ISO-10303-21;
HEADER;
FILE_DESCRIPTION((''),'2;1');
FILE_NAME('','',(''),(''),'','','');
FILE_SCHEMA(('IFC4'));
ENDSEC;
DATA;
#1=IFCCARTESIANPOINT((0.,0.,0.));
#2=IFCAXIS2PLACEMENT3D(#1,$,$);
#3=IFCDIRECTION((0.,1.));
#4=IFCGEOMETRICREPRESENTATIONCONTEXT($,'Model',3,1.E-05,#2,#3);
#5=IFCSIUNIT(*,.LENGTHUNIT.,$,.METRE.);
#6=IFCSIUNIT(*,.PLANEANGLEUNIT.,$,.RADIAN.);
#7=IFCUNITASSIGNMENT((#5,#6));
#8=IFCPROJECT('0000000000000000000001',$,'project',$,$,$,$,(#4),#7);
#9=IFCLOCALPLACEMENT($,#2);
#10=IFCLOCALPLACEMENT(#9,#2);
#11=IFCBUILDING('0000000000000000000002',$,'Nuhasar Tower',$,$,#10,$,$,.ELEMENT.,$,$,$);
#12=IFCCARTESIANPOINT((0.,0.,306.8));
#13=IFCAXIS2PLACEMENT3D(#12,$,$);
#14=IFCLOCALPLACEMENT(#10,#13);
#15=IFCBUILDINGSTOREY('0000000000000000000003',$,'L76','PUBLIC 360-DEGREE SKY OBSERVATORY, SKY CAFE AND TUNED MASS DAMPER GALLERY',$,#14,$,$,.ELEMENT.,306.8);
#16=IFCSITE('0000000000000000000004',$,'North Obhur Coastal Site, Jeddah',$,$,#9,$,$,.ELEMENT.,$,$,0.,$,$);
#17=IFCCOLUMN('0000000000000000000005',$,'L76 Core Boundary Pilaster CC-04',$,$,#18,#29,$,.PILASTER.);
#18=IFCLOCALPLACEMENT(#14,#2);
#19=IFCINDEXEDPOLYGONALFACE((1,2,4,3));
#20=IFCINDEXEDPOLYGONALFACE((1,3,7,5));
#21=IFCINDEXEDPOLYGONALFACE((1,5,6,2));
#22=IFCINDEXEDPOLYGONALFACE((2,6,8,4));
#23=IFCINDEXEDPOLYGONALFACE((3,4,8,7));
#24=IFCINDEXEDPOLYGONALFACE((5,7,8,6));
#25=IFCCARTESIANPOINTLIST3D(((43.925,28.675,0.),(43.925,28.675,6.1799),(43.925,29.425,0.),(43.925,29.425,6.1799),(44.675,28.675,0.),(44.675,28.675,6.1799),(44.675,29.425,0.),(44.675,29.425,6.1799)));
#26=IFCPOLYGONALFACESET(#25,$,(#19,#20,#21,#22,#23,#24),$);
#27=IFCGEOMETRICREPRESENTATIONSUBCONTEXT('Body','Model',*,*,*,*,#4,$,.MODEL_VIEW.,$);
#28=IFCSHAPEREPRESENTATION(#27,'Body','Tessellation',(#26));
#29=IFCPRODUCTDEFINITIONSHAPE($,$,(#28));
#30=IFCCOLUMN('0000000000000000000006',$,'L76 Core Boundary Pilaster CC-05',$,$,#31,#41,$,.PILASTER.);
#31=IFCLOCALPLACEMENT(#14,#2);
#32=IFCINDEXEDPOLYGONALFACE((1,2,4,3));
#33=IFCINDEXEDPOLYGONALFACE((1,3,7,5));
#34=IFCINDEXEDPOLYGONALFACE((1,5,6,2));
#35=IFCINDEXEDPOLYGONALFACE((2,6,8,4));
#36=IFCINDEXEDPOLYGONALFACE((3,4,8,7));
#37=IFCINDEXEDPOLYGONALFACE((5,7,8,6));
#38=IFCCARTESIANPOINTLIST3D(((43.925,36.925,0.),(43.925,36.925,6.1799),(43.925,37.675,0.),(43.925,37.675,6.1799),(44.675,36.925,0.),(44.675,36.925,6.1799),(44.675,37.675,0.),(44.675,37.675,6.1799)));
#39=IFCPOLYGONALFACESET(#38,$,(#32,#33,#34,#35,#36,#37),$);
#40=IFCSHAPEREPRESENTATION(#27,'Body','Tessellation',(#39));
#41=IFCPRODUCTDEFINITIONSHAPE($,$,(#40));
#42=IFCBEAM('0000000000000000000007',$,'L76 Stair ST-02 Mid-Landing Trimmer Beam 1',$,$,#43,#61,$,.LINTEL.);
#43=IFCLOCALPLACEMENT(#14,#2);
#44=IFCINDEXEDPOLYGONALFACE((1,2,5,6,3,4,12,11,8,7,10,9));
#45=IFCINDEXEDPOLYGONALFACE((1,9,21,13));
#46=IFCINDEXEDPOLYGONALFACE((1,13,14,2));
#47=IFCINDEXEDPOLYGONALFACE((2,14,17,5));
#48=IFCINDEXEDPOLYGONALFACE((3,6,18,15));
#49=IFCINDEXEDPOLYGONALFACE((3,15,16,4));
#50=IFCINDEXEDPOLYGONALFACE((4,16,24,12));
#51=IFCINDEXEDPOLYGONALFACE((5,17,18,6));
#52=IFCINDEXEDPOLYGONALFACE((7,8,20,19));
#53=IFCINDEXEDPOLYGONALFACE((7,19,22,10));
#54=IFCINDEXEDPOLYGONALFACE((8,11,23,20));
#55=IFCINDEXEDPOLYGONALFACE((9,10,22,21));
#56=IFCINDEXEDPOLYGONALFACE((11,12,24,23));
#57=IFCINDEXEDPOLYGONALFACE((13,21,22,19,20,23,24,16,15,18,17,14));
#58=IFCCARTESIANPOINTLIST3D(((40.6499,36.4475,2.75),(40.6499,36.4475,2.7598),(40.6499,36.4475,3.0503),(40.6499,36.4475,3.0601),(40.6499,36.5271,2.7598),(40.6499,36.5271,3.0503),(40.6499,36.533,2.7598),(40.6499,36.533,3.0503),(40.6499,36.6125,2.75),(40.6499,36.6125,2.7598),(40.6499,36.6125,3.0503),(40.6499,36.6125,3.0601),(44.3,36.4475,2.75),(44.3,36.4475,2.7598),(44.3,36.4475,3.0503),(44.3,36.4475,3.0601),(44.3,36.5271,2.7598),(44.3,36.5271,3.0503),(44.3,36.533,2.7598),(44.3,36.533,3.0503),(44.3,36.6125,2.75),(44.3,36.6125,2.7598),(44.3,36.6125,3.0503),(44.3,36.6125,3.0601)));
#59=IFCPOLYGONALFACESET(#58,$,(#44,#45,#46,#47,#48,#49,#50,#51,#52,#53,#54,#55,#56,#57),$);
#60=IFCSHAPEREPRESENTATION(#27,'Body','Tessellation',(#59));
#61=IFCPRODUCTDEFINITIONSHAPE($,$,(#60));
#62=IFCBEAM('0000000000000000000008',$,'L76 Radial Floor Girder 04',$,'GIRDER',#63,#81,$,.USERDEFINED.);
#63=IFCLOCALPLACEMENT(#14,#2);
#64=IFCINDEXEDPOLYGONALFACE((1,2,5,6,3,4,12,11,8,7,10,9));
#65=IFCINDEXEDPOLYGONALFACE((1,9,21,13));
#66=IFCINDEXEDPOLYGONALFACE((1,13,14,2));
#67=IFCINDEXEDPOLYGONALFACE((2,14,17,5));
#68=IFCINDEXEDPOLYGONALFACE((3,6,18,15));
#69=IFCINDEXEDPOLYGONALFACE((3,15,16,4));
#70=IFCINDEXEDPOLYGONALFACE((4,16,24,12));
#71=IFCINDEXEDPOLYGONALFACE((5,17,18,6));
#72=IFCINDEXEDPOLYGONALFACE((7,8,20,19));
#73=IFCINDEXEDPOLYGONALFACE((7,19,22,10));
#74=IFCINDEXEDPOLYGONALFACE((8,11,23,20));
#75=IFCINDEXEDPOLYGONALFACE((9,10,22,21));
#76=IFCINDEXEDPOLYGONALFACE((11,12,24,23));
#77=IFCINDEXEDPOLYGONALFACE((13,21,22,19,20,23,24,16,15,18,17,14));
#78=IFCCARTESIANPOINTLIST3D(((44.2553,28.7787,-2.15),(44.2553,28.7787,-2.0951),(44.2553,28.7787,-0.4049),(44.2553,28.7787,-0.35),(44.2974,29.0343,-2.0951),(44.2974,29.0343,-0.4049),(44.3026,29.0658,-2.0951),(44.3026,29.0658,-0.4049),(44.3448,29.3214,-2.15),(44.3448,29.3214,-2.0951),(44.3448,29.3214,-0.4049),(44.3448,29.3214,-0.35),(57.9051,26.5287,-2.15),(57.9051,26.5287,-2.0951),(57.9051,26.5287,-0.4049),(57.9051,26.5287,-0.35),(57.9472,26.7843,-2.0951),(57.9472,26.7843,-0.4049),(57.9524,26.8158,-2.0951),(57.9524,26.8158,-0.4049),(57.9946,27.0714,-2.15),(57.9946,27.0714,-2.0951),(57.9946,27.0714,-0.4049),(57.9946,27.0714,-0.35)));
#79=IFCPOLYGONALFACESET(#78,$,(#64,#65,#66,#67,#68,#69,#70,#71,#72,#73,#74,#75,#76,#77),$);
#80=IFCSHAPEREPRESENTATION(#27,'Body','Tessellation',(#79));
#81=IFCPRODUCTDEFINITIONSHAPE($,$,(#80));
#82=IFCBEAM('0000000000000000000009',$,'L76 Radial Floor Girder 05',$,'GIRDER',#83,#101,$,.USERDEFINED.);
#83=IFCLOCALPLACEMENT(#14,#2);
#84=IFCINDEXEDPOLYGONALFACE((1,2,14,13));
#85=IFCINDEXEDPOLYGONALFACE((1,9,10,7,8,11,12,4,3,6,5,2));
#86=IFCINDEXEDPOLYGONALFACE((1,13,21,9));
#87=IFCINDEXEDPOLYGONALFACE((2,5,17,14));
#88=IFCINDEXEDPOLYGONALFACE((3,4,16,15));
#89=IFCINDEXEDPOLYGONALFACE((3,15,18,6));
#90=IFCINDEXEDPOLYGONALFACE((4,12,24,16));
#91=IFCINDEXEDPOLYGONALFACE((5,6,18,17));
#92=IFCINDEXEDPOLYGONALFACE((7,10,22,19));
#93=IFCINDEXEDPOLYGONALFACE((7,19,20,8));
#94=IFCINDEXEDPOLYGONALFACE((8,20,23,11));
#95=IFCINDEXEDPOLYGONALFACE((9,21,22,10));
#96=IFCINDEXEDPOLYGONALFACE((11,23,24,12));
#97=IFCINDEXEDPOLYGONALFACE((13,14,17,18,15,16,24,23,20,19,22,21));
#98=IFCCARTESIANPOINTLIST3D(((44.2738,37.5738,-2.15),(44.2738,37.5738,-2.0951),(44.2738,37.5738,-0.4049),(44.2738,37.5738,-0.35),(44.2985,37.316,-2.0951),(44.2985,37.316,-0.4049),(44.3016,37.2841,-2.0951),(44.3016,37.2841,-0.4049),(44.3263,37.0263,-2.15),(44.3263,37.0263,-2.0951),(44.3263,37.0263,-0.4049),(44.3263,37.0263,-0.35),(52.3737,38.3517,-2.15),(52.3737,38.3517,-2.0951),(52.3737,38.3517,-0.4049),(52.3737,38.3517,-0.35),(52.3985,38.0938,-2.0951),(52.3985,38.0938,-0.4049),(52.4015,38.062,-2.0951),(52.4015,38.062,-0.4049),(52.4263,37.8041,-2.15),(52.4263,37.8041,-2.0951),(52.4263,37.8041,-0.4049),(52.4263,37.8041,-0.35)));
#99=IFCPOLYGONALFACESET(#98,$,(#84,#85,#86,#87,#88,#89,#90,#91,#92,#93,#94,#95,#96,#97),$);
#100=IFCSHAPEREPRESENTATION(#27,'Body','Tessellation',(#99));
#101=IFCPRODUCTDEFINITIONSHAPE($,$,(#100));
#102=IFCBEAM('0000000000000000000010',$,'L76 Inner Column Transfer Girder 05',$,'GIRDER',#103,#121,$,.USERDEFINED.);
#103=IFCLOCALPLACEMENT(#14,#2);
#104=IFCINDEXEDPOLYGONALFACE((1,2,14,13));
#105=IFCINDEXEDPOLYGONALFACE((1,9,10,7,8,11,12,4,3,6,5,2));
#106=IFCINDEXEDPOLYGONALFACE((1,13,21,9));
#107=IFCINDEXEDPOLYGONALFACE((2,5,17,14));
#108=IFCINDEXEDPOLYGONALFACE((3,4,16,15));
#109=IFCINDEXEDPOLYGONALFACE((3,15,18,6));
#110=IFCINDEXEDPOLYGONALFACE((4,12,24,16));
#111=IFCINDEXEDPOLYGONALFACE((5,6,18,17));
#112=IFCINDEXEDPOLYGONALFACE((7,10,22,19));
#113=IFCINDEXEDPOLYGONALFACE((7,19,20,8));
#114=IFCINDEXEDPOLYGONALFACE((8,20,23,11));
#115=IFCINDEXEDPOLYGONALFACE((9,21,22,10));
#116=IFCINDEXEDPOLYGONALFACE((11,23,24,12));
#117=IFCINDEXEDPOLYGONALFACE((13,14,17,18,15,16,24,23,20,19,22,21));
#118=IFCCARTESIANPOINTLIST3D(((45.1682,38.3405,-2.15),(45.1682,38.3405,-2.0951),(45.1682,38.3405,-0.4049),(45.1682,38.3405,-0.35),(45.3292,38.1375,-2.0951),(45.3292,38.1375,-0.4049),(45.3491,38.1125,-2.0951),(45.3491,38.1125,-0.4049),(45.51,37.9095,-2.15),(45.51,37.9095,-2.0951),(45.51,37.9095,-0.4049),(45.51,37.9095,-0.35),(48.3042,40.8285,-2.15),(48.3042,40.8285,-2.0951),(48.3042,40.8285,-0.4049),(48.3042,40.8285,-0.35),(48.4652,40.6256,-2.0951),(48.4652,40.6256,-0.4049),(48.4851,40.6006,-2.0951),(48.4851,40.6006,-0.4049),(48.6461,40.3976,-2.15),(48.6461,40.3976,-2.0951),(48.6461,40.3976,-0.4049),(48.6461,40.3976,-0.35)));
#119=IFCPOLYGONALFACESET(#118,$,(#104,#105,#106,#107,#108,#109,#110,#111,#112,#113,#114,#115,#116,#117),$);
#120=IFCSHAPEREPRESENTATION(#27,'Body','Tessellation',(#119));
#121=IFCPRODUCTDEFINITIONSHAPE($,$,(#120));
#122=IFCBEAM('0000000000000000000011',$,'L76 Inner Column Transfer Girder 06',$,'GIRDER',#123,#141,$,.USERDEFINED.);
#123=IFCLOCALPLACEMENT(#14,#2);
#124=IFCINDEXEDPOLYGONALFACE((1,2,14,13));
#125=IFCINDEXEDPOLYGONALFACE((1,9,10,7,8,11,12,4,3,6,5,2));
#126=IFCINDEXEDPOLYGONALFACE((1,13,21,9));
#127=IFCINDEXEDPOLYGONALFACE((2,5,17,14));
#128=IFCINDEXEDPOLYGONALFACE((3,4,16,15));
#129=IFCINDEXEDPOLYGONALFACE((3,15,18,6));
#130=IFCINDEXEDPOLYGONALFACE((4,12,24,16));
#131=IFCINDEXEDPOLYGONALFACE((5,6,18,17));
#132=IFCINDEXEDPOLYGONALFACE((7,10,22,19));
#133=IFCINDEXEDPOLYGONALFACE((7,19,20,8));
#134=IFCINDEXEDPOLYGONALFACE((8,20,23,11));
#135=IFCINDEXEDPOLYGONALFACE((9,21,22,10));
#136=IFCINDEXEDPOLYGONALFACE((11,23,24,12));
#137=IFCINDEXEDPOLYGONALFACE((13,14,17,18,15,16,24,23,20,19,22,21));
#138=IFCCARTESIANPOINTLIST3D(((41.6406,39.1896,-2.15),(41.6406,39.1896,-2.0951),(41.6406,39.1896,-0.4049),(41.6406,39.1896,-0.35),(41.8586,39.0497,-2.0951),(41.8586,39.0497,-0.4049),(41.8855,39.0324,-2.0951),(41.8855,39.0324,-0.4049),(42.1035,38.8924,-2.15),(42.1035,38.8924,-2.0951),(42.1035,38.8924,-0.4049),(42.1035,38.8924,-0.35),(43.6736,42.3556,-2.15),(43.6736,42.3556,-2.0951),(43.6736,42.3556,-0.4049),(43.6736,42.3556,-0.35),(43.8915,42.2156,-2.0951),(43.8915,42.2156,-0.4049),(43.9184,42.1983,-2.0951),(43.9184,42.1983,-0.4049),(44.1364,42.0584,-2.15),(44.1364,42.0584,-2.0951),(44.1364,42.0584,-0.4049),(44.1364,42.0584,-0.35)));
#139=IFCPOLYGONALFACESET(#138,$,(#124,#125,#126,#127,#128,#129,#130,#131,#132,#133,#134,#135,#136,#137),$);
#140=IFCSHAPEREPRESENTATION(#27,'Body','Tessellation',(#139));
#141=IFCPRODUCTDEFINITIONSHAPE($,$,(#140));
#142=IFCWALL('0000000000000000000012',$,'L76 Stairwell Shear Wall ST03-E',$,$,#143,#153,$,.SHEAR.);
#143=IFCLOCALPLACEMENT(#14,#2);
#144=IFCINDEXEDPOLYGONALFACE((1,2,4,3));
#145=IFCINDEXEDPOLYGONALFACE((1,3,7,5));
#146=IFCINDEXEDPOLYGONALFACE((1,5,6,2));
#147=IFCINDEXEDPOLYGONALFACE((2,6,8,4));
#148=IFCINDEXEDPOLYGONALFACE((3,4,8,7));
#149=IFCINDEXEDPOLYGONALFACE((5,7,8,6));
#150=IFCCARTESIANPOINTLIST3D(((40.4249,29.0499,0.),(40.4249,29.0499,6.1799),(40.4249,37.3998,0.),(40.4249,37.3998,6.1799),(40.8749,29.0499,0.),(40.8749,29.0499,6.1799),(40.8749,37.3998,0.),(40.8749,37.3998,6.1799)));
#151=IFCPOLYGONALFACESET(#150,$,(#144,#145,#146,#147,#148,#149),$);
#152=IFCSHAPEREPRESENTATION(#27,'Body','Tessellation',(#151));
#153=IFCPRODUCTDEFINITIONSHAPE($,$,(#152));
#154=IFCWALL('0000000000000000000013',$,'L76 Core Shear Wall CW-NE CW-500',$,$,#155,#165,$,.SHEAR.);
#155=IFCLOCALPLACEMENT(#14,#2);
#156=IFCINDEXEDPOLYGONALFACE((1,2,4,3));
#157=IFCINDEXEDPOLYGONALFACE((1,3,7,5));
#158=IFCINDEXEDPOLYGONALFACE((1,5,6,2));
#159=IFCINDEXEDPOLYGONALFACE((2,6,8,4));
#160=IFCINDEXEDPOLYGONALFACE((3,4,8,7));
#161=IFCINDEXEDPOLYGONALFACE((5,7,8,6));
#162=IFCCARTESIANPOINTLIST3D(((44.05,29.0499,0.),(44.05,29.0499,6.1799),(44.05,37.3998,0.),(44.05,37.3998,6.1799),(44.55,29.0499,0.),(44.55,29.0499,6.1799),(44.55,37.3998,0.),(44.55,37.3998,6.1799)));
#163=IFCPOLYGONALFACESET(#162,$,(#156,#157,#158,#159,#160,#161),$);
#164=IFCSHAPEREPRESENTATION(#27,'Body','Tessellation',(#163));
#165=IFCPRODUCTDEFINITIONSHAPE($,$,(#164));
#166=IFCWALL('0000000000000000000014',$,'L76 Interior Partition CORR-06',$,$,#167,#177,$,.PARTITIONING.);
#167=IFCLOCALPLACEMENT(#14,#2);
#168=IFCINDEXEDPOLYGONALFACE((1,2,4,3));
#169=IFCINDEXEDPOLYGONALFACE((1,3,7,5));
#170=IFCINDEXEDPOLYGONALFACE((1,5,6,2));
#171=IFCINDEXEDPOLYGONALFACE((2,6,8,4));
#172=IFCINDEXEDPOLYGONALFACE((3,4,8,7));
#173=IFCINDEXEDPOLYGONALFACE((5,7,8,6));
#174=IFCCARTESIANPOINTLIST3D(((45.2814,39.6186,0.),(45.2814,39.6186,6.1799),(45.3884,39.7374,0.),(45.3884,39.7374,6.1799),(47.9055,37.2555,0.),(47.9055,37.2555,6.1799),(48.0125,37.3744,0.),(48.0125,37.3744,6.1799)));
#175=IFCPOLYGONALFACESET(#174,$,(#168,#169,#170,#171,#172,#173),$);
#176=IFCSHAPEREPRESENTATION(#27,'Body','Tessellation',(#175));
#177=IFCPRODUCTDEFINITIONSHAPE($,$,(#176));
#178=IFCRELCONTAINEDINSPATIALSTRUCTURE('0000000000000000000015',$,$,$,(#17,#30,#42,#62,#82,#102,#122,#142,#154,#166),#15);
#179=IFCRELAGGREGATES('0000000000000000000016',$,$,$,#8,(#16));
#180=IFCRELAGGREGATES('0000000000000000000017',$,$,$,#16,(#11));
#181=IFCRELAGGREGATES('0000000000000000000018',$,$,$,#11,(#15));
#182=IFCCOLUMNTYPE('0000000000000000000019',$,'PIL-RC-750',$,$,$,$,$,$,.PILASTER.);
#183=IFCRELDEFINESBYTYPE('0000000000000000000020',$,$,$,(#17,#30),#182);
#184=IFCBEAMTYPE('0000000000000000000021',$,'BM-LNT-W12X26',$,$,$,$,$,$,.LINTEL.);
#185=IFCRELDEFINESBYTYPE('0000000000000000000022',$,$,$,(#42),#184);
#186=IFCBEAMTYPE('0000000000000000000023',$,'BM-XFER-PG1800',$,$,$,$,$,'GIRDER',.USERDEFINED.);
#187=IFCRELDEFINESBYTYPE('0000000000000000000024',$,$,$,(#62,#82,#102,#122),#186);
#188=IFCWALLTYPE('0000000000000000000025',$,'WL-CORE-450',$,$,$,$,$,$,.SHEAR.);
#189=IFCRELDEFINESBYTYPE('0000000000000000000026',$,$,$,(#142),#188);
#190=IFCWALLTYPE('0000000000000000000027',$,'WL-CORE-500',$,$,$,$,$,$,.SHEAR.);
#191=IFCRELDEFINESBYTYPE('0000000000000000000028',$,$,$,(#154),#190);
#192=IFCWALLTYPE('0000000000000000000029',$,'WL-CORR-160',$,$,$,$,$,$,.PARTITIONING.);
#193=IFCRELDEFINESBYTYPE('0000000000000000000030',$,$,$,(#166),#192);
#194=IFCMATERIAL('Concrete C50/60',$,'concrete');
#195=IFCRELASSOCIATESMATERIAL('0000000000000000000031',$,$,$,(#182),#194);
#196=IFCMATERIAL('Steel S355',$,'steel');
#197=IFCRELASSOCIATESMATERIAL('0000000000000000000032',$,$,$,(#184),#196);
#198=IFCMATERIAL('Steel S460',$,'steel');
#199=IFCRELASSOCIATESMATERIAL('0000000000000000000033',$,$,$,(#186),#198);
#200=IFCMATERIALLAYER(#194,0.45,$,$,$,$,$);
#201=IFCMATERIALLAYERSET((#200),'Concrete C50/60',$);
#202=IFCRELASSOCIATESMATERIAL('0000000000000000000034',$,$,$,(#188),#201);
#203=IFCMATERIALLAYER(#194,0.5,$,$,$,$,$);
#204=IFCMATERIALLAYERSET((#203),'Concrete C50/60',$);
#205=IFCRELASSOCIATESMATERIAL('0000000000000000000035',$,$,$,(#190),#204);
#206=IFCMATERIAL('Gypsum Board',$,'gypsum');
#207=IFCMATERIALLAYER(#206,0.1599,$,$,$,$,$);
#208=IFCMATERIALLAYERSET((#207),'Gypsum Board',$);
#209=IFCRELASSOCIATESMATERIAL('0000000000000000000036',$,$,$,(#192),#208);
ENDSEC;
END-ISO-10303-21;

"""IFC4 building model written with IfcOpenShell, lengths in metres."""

from ifc_helpers import new_model, si_unit, direction, frame, frame_2d, origin, origin_2d, place, context, subcontext, project, spatial, rectangle, i_section, extrude, material, layer, layer_set, material_profile, profile_set, type_object, element, save


model = new_model("IFC4")

# Units and contexts
model_context = context("Model", 3, precision=1e-05, world=origin(), true_north=direction((0.0, 1.0)))
body_context = subcontext(model_context, "Body", "Model", "MODEL_VIEW")
ifc_project = project(units=[si_unit("LENGTHUNIT", "METRE"), si_unit("PLANEANGLEUNIT", "RADIAN")], contexts=[model_context])

# Site, building, storey
site_placement = place(None, origin())
site = spatial("IfcSite", under=ifc_project, at=site_placement, Name="North Obhur Coastal Site, Jeddah", CompositionType="ELEMENT", RefElevation=0.0)
building_placement = place(site_placement, origin())
building = spatial("IfcBuilding", under=site, at=building_placement, Name="Nuhasar Tower", CompositionType="ELEMENT")
storey_placement = place(building_placement, frame((0.0, 0.0, 306.8)))
storey = spatial("IfcBuildingStorey", under=building, at=storey_placement, Name="L76", Description="PUBLIC 360-DEGREE SKY OBSERVATORY, SKY CAFE AND TUNED MASS DAMPER GALLERY", CompositionType="ELEMENT", Elevation=306.8)

# Columns
ifc_material_1 = material(Name="Concrete C50/60", Category="concrete")
ifc_material_profile_1 = material_profile(ifc_material_1, rectangle(XDim=0.75, YDim=0.75, at=origin_2d()), Name="RC750X750")
ifc_profile_set_1 = profile_set([ifc_material_profile_1], Name="Concrete C50/60")
column_type = type_object("IfcColumnType", Name="PIL-RC-750", PredefinedType="PILASTER", material=ifc_profile_set_1)
for number, where, z_axis, x_axis, name in (
    (1, (44.3, 29.05, 0.0), (0.0, 0.0, 1.0), (1.0, 0.0, 0.0), "L76 Core Boundary Pilaster CC-04"),
    (2, (44.3, 37.3, 0.0), (0.0, 0.0, 1.0), (1.0, 0.0, 0.0), "L76 Core Boundary Pilaster CC-05"),
):
    element("IfcColumn", number, at=place(storey_placement, frame(where, z_axis=z_axis, x_axis=x_axis)), inside=storey, type_object=column_type, Name=name, PredefinedType="PILASTER", context=body_context, shape_type="SweptSolid", body=[
        extrude(rectangle(XDim=0.75, YDim=0.75, at=origin_2d()), origin(), (0.0, 0.0, 1.0), 6.1799),
    ])

# Beams
ifc_material_2 = material(Name="Steel S355", Category="steel")
ifc_material_profile_2 = material_profile(ifc_material_2, i_section(OverallWidth=0.165, OverallDepth=0.3101, WebThickness=0.0059, FlangeThickness=0.0098, at=origin_2d()), Name="W12X26")
ifc_profile_set_2 = profile_set([ifc_material_profile_2], Name="Steel S355")
beam_type_1 = type_object("IfcBeamType", Name="BM-LNT-W12X26", PredefinedType="LINTEL", material=ifc_profile_set_2)
beam_1_placement = place(storey_placement, frame((40.6499, 36.53, 2.905), z_axis=(1.0, 0.0, 0.0), x_axis=(0.0, 1.0, 0.0)))
element("IfcBeam", 3, at=beam_1_placement, inside=storey, type_object=beam_type_1, Name="L76 Stair ST-02 Mid-Landing Trimmer Beam 1", PredefinedType="LINTEL", context=body_context, shape_type="SweptSolid", body=[
    extrude(i_section(OverallWidth=0.165, OverallDepth=0.3101, WebThickness=0.0059, FlangeThickness=0.0098, at=origin_2d()), origin(), (0.0, 0.0, 1.0), 3.6501),
])
ifc_material_3 = material(Name="Steel S460", Category="steel")
ifc_material_profile_3 = material_profile(ifc_material_3, i_section(OverallWidth=0.55, OverallDepth=1.8, WebThickness=0.032, FlangeThickness=0.0549, at=origin_2d()), Name="PG1800X550")
ifc_profile_set_3 = profile_set([ifc_material_profile_3], Name="Steel S460")
beam_type_2 = type_object("IfcBeamType", Name="BM-XFER-PG1800", ElementType="GIRDER", PredefinedType="USERDEFINED", material=ifc_profile_set_3)
beam_2_placement = place(storey_placement, frame((44.3, 29.05, -1.25), z_axis=(0.986685, -0.162642, 0.0), x_axis=(0.162642, 0.986685, 0.0)))
element("IfcBeam", 4, at=beam_2_placement, inside=storey, type_object=beam_type_2, Name="L76 Radial Floor Girder 04", ObjectType="GIRDER", PredefinedType="USERDEFINED", context=body_context, shape_type="SweptSolid", body=[
    extrude(i_section(OverallWidth=0.55, OverallDepth=1.8, WebThickness=0.032, FlangeThickness=0.0549, at=origin_2d()), origin(), (0.0, 0.0, 1.0), 13.834),
])
beam_3_placement = place(storey_placement, frame((44.3, 37.3, -1.25), z_axis=(0.995421, 0.095591, 0.0), x_axis=(-0.095591, 0.995421, 0.0)))
element("IfcBeam", 5, at=beam_3_placement, inside=storey, type_object=beam_type_2, Name="L76 Radial Floor Girder 05", ObjectType="GIRDER", PredefinedType="USERDEFINED", context=body_context, shape_type="SweptSolid", body=[
    extrude(i_section(OverallWidth=0.55, OverallDepth=1.8, WebThickness=0.032, FlangeThickness=0.0549, at=origin_2d()), origin(), (0.0, 0.0, 1.0), 8.1372),
])
beam_4_placement = place(storey_placement, frame((45.3391, 38.125, -1.25), z_axis=(0.783391, 0.621529, 0.0), x_axis=(-0.621529, 0.783391, 0.0)))
element("IfcBeam", 6, at=beam_4_placement, inside=storey, type_object=beam_type_2, Name="L76 Inner Column Transfer Girder 05", ObjectType="GIRDER", PredefinedType="USERDEFINED", context=body_context, shape_type="SweptSolid", body=[
    extrude(i_section(OverallWidth=0.55, OverallDepth=1.8, WebThickness=0.032, FlangeThickness=0.0549, at=origin_2d()), origin(), (0.0, 0.0, 1.0), 4.0032),
])
beam_5_placement = place(storey_placement, frame((41.8721, 39.041, -1.25), z_axis=(0.540318, 0.841461, 0.0), x_axis=(-0.841461, 0.540318, 0.0)))
element("IfcBeam", 7, at=beam_5_placement, inside=storey, type_object=beam_type_2, Name="L76 Inner Column Transfer Girder 06", ObjectType="GIRDER", PredefinedType="USERDEFINED", context=body_context, shape_type="SweptSolid", body=[
    extrude(i_section(OverallWidth=0.55, OverallDepth=1.8, WebThickness=0.032, FlangeThickness=0.0549, at=origin_2d()), origin(), (0.0, 0.0, 1.0), 3.7625),
])

# Shared definitions
ifc_layer_1 = layer(ifc_material_1, 0.45)
ifc_layer_set_1 = layer_set([ifc_layer_1], Name="Concrete C50/60")
wall_type_1 = type_object("IfcWallType", Name="WL-CORE-450", PredefinedType="SHEAR", material=ifc_layer_set_1)

# Wall
wall_1_placement = place(storey_placement, frame((40.6499, 29.05, 0.0), z_axis=(0.0, 0.0, 1.0), x_axis=(0.0, 1.0, 0.0)))
element("IfcWall", 8, at=wall_1_placement, inside=storey, type_object=wall_type_1, Name="L76 Stairwell Shear Wall ST03-E", PredefinedType="SHEAR", context=body_context, shape_type="SweptSolid", body=[
    extrude(rectangle(XDim=8.3499, YDim=0.45, at=frame_2d((4.1748, 0.0))), origin(), (0.0, 0.0, 1.0), 6.1799),
])

# Walls
ifc_layer_2 = layer(ifc_material_1, 0.5)
ifc_layer_set_2 = layer_set([ifc_layer_2], Name="Concrete C50/60")
wall_type_2 = type_object("IfcWallType", Name="WL-CORE-500", PredefinedType="SHEAR", material=ifc_layer_set_2)
wall_2_placement = place(storey_placement, frame((44.3, 29.05, 0.0), z_axis=(0.0, 0.0, 1.0), x_axis=(0.0, 1.0, 0.0)))
element("IfcWall", 9, at=wall_2_placement, inside=storey, type_object=wall_type_2, Name="L76 Core Shear Wall CW-NE CW-500", PredefinedType="SHEAR", context=body_context, shape_type="SweptSolid", body=[
    extrude(rectangle(XDim=8.3499, YDim=0.5, at=frame_2d((4.1748, 0.0))), origin(), (0.0, 0.0, 1.0), 6.1799),
])
ifc_material_4 = material(Name="Gypsum Board", Category="gypsum")
ifc_layer_3 = layer(ifc_material_4, 0.1599)
ifc_layer_set_3 = layer_set([ifc_layer_3], Name="Gypsum Board")
wall_type_3 = type_object("IfcWallType", Name="WL-CORR-160", PredefinedType="PARTITIONING", material=ifc_layer_set_3)
wall_3_placement = place(storey_placement, frame((47.959, 37.3149, 0.0), z_axis=(0.0, 0.0, 1.0), x_axis=(-0.743095, 0.669186, 0.0)))
element("IfcWall", 10, at=wall_3_placement, inside=storey, type_object=wall_type_3, Name="L76 Interior Partition CORR-06", PredefinedType="PARTITIONING", context=body_context, shape_type="SweptSolid", body=[
    extrude(rectangle(XDim=3.5312, YDim=0.1599, at=frame_2d((1.7656, 0.0))), origin(), (0.0, 0.0, 1.0), 6.1799),
])

save(model, "model.ifc")
